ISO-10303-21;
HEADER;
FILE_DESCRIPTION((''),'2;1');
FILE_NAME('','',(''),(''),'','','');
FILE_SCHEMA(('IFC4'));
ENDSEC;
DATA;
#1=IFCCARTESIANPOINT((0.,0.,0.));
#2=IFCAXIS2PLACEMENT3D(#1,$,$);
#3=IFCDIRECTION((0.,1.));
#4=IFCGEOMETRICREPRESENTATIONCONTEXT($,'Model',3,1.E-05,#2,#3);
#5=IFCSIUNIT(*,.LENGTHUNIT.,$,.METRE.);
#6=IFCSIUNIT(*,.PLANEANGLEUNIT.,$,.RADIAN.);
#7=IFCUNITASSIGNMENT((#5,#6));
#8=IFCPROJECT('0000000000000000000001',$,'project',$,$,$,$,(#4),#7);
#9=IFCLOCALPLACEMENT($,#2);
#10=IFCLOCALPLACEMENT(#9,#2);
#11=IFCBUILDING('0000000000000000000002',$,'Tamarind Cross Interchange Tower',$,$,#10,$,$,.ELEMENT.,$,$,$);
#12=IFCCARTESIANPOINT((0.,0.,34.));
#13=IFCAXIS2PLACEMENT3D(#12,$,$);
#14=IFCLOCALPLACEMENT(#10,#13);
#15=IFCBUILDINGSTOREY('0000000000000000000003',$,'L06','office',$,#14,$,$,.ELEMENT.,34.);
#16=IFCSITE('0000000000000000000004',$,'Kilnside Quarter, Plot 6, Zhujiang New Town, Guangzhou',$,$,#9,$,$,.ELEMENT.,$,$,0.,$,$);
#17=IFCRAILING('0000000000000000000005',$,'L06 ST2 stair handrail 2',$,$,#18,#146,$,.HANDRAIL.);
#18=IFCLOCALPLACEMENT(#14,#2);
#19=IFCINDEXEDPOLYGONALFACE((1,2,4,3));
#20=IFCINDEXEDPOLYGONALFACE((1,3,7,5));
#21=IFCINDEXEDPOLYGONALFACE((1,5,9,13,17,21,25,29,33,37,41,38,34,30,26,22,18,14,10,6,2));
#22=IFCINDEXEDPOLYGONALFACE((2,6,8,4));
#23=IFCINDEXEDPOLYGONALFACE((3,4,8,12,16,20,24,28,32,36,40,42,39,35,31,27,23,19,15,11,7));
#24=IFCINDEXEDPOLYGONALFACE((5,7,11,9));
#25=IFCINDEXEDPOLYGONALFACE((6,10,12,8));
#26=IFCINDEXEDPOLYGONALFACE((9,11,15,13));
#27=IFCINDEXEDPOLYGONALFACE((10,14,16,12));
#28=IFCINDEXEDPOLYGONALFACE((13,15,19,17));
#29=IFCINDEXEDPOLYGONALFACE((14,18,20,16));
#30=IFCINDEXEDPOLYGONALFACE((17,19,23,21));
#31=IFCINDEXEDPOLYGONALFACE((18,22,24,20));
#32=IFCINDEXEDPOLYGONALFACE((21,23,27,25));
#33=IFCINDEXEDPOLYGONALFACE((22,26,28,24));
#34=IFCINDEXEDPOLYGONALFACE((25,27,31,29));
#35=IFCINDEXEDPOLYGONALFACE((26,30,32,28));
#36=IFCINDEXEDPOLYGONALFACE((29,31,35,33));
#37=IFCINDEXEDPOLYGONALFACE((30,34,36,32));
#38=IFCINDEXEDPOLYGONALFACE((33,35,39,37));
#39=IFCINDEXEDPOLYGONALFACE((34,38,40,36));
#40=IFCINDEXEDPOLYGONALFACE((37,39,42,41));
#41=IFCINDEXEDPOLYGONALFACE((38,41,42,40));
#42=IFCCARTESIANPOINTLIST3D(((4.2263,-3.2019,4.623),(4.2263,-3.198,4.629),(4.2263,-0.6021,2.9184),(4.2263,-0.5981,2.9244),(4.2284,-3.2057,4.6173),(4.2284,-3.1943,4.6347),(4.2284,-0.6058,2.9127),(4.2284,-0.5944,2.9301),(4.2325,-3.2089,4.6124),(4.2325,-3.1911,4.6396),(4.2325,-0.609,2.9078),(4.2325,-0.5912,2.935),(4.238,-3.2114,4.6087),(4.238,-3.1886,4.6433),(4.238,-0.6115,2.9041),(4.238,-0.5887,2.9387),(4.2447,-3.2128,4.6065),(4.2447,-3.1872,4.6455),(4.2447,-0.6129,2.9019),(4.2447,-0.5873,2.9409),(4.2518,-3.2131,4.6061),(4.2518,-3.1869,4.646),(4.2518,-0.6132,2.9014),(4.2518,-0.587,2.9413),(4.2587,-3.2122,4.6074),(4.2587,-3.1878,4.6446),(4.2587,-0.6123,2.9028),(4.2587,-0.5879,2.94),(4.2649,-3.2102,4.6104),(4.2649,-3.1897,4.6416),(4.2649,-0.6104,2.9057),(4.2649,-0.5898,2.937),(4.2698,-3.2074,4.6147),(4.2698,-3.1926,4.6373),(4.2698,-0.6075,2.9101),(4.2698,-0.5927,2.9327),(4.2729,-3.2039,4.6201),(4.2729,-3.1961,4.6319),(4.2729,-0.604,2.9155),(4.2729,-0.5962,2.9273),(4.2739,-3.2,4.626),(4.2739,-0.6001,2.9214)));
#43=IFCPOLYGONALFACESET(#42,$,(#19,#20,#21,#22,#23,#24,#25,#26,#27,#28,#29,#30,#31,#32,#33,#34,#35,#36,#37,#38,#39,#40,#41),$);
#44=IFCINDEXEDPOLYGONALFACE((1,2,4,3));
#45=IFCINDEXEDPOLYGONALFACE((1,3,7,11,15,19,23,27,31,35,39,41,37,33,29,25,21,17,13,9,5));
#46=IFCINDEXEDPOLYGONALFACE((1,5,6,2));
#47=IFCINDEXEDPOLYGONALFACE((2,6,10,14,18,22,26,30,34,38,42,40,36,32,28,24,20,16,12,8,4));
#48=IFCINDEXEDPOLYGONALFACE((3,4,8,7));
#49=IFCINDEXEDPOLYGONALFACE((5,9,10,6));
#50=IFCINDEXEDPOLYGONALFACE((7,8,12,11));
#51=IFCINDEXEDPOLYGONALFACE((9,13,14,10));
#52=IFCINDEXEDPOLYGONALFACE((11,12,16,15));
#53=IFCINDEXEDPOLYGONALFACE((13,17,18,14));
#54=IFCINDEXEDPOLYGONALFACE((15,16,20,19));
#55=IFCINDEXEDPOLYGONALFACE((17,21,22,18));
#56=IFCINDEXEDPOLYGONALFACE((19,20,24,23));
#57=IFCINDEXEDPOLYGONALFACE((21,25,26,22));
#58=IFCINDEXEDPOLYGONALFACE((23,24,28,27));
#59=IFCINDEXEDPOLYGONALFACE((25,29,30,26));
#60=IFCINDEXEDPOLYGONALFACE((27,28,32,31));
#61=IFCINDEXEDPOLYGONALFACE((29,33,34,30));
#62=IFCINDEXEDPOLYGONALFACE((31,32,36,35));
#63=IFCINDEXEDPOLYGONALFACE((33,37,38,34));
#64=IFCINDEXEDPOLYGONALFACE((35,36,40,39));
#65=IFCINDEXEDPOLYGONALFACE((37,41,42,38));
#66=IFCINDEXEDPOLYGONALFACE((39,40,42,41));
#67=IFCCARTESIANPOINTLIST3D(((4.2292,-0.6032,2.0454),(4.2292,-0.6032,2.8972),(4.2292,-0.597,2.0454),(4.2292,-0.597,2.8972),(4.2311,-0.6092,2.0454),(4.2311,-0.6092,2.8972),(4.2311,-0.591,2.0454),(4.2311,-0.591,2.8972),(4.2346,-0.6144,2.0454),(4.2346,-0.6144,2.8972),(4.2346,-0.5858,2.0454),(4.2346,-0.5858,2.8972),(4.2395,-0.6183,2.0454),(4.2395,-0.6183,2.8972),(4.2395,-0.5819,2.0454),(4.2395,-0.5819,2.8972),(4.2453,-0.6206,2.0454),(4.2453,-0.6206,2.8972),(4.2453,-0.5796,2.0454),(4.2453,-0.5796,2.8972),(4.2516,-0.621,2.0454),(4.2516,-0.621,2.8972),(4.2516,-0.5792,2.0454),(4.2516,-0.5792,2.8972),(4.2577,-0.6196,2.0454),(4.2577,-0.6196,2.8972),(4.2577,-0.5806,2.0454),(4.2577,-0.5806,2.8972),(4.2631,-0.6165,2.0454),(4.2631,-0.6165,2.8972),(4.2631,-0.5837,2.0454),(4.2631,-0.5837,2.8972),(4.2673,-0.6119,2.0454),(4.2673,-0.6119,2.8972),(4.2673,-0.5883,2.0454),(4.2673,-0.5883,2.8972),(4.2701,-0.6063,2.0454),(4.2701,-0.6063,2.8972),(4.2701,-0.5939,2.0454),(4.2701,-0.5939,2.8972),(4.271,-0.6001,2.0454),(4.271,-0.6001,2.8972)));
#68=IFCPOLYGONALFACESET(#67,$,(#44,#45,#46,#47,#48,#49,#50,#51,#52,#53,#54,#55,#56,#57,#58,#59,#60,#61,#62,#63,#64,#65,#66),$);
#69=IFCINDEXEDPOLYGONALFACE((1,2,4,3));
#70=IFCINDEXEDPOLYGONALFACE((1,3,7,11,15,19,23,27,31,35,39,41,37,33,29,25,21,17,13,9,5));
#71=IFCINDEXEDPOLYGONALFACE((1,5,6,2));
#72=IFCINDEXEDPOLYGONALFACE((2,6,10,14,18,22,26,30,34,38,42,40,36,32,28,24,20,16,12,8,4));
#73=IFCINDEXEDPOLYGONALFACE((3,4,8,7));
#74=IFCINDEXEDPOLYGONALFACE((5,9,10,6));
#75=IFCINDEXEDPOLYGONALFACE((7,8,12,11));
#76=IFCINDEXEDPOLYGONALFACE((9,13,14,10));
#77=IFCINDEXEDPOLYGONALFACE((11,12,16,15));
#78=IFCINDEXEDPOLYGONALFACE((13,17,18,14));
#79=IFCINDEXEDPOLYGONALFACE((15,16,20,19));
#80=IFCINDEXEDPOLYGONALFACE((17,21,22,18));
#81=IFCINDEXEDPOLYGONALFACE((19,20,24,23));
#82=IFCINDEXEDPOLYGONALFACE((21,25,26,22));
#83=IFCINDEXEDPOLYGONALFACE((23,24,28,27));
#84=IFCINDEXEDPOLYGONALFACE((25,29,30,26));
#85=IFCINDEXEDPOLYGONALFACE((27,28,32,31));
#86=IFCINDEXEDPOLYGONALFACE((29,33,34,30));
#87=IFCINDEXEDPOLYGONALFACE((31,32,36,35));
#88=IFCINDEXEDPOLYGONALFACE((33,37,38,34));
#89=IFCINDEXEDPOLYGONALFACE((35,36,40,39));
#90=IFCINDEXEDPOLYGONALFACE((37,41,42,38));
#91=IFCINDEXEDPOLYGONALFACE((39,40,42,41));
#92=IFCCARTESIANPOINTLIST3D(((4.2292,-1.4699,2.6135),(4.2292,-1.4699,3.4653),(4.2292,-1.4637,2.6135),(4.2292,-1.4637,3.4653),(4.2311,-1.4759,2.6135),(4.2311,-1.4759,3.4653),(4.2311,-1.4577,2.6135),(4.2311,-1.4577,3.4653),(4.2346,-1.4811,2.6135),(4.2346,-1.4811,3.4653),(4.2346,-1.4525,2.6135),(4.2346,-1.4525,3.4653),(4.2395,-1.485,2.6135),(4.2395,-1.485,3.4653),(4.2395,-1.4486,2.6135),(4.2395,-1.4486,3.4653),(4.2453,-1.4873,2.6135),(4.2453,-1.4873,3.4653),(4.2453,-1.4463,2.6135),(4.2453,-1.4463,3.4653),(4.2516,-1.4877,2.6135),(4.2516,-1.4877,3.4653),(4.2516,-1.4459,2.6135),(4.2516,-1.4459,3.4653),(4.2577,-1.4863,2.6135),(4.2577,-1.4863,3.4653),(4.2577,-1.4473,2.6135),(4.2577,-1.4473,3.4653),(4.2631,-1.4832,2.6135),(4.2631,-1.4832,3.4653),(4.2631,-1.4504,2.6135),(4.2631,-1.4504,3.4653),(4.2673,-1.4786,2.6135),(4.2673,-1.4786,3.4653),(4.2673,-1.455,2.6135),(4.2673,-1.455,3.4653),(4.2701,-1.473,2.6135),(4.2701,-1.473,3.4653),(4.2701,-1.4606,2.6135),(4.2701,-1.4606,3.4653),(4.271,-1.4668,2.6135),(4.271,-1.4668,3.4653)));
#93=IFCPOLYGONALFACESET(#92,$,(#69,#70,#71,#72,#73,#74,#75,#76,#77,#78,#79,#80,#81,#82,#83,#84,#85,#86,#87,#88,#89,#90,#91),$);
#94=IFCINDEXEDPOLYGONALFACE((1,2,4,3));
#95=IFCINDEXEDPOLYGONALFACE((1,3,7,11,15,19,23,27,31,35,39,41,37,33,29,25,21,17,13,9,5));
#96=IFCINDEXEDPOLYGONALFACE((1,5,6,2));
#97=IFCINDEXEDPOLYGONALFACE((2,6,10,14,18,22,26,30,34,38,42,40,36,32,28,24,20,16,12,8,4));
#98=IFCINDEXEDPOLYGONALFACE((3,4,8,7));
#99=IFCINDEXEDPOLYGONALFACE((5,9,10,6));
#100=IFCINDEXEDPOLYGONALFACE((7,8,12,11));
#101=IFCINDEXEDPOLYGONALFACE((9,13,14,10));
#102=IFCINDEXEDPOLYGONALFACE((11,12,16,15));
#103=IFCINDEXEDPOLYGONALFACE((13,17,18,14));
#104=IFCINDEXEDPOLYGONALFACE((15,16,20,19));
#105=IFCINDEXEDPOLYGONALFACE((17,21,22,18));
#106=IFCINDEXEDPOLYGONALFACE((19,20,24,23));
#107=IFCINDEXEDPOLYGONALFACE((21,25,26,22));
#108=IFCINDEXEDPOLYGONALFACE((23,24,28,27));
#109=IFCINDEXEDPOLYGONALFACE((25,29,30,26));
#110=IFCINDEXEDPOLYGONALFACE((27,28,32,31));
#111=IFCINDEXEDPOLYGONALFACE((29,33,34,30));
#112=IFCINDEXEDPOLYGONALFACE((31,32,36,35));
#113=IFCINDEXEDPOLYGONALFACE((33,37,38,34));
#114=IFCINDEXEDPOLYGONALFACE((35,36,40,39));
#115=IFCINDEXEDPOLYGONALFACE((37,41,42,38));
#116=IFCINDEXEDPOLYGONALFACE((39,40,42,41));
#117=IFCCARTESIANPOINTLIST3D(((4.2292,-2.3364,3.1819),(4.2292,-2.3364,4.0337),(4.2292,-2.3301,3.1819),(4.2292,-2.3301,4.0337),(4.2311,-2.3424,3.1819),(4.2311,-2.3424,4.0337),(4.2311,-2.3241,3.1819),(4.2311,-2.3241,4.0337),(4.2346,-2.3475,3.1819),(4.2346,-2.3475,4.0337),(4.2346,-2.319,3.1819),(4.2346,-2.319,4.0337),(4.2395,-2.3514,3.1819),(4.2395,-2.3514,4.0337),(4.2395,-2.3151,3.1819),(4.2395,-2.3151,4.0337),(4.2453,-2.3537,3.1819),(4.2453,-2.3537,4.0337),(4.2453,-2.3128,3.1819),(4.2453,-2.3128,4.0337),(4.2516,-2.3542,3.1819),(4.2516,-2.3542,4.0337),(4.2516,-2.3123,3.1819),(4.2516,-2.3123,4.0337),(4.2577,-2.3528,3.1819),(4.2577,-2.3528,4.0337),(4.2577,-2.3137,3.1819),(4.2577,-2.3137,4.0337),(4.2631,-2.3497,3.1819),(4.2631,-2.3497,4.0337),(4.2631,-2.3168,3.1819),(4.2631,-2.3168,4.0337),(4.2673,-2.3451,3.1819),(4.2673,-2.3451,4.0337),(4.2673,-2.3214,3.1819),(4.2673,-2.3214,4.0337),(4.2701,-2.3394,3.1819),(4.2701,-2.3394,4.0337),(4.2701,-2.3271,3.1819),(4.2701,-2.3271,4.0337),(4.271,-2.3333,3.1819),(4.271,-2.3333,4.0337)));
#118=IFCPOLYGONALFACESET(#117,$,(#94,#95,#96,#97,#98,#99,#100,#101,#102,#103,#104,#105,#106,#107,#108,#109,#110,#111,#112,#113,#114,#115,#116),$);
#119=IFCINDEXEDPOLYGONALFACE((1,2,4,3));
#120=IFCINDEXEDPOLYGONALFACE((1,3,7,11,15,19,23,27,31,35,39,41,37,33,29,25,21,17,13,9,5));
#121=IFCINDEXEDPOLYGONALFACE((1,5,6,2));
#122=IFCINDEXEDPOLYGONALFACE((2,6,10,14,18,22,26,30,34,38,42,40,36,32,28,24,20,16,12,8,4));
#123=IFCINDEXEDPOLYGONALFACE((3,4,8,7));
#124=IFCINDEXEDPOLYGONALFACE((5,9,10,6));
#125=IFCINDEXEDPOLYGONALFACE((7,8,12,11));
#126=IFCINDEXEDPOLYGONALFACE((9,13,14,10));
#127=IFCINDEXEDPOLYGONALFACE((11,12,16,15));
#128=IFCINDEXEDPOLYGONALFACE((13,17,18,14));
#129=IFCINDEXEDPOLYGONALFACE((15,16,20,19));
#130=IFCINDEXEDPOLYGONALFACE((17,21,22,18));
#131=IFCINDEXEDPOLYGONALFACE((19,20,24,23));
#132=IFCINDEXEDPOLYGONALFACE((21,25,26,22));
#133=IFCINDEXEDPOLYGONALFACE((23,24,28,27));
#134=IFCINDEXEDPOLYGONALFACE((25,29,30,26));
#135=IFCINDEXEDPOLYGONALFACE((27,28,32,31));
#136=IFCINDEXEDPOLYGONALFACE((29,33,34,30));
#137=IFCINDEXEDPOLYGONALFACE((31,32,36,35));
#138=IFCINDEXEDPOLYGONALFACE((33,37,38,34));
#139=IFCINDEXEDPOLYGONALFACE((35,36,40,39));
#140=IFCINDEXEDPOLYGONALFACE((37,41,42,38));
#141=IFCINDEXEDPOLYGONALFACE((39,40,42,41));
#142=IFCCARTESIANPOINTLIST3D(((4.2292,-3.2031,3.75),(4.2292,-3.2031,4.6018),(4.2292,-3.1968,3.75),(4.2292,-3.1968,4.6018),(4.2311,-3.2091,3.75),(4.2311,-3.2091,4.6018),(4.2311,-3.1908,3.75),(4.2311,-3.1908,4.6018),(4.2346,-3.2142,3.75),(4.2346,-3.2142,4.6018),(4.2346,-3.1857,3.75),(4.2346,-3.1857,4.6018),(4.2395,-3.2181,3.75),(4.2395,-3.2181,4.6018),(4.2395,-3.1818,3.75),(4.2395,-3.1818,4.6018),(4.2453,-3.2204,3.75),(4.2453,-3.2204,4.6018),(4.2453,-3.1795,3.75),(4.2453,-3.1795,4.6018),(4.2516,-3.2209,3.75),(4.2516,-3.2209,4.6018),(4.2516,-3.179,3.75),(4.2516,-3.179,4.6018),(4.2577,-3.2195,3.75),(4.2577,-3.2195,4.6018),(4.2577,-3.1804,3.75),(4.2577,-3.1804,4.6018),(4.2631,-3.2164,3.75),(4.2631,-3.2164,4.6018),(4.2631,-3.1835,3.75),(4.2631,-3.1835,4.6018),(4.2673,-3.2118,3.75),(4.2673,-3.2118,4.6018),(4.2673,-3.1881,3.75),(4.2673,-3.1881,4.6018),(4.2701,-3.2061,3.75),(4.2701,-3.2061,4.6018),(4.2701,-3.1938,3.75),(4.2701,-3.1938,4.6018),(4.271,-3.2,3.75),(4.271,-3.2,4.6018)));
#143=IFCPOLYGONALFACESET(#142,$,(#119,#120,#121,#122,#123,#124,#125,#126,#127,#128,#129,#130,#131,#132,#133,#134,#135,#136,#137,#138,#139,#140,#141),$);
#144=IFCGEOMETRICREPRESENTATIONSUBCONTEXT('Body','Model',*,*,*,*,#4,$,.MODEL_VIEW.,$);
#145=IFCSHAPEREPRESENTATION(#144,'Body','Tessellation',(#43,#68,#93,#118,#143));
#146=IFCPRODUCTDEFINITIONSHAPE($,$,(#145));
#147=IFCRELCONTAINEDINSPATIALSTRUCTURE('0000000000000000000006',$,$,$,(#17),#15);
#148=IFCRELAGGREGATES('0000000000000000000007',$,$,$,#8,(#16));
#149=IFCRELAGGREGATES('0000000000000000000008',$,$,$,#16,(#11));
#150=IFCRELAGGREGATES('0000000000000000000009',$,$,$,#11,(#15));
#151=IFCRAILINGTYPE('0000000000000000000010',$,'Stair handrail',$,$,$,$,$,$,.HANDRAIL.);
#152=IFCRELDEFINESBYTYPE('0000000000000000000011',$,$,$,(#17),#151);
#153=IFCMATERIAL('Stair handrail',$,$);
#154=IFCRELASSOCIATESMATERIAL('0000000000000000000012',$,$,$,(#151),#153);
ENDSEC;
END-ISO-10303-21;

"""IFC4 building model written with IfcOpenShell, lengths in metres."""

from ifc_helpers import new_model, si_unit, direction, frame, origin, origin_2d, place, context, subcontext, project, spatial, circle, extrude, material, type_object, element, save


model = new_model("IFC4")

# Units and contexts
model_context = context("Model", 3, precision=1e-05, world=origin(), true_north=direction((0.0, 1.0)))
body_context = subcontext(model_context, "Body", "Model", "MODEL_VIEW")
ifc_project = project(units=[si_unit("LENGTHUNIT", "METRE"), si_unit("PLANEANGLEUNIT", "RADIAN")], contexts=[model_context])

# Site, building, storey
site_placement = place(None, origin())
site = spatial("IfcSite", under=ifc_project, at=site_placement, Name="Kilnside Quarter, Plot 6, Zhujiang New Town, Guangzhou", CompositionType="ELEMENT", RefElevation=0.0)
building_placement = place(site_placement, origin())
building = spatial("IfcBuilding", under=site, at=building_placement, Name="Tamarind Cross Interchange Tower", CompositionType="ELEMENT")
storey_placement = place(building_placement, frame((0.0, 0.0, 34.0)))
storey = spatial("IfcBuildingStorey", under=building, at=storey_placement, Name="L06", Description="office", CompositionType="ELEMENT", Elevation=34.0)

# Railing
ifc_material_1 = material(Name="Stair handrail")
railing_type_1 = type_object("IfcRailingType", Name="Stair handrail", PredefinedType="HANDRAIL", material=ifc_material_1)
railing_1_placement = place(storey_placement, frame((4.25, -0.6001, 2.0454)))
element("IfcRailing", 1, at=railing_1_placement, inside=storey, type_object=railing_type_1, Name="L06 ST2 stair handrail 2", PredefinedType="HANDRAIL", context=body_context, shape_type="SweptSolid", body=[
    extrude(circle(Radius=0.0239, at=origin_2d()), frame((0.0, 0.0, 0.876), z_axis=(0.0, -0.836279, 0.548305), x_axis=(1.0, 0.0, 0.0)), (0.0, 0.0, 1.0), 3.1089),
    extrude(circle(Radius=0.021, at=origin_2d()), origin(), (0.0, 0.0, 1.0), 0.8518),
    extrude(circle(Radius=0.021, at=origin_2d()), frame((0.0, -0.8667, 0.5681)), (0.0, 0.0, 1.0), 0.8518),
    extrude(circle(Radius=0.021, at=origin_2d()), frame((0.0, -1.7332, 1.1365)), (0.0, 0.0, 1.0), 0.8518),
    extrude(circle(Radius=0.021, at=origin_2d()), frame((0.0, -2.5999, 1.7046)), (0.0, 0.0, 1.0), 0.8518),
])

save(model, "model.ifc")
